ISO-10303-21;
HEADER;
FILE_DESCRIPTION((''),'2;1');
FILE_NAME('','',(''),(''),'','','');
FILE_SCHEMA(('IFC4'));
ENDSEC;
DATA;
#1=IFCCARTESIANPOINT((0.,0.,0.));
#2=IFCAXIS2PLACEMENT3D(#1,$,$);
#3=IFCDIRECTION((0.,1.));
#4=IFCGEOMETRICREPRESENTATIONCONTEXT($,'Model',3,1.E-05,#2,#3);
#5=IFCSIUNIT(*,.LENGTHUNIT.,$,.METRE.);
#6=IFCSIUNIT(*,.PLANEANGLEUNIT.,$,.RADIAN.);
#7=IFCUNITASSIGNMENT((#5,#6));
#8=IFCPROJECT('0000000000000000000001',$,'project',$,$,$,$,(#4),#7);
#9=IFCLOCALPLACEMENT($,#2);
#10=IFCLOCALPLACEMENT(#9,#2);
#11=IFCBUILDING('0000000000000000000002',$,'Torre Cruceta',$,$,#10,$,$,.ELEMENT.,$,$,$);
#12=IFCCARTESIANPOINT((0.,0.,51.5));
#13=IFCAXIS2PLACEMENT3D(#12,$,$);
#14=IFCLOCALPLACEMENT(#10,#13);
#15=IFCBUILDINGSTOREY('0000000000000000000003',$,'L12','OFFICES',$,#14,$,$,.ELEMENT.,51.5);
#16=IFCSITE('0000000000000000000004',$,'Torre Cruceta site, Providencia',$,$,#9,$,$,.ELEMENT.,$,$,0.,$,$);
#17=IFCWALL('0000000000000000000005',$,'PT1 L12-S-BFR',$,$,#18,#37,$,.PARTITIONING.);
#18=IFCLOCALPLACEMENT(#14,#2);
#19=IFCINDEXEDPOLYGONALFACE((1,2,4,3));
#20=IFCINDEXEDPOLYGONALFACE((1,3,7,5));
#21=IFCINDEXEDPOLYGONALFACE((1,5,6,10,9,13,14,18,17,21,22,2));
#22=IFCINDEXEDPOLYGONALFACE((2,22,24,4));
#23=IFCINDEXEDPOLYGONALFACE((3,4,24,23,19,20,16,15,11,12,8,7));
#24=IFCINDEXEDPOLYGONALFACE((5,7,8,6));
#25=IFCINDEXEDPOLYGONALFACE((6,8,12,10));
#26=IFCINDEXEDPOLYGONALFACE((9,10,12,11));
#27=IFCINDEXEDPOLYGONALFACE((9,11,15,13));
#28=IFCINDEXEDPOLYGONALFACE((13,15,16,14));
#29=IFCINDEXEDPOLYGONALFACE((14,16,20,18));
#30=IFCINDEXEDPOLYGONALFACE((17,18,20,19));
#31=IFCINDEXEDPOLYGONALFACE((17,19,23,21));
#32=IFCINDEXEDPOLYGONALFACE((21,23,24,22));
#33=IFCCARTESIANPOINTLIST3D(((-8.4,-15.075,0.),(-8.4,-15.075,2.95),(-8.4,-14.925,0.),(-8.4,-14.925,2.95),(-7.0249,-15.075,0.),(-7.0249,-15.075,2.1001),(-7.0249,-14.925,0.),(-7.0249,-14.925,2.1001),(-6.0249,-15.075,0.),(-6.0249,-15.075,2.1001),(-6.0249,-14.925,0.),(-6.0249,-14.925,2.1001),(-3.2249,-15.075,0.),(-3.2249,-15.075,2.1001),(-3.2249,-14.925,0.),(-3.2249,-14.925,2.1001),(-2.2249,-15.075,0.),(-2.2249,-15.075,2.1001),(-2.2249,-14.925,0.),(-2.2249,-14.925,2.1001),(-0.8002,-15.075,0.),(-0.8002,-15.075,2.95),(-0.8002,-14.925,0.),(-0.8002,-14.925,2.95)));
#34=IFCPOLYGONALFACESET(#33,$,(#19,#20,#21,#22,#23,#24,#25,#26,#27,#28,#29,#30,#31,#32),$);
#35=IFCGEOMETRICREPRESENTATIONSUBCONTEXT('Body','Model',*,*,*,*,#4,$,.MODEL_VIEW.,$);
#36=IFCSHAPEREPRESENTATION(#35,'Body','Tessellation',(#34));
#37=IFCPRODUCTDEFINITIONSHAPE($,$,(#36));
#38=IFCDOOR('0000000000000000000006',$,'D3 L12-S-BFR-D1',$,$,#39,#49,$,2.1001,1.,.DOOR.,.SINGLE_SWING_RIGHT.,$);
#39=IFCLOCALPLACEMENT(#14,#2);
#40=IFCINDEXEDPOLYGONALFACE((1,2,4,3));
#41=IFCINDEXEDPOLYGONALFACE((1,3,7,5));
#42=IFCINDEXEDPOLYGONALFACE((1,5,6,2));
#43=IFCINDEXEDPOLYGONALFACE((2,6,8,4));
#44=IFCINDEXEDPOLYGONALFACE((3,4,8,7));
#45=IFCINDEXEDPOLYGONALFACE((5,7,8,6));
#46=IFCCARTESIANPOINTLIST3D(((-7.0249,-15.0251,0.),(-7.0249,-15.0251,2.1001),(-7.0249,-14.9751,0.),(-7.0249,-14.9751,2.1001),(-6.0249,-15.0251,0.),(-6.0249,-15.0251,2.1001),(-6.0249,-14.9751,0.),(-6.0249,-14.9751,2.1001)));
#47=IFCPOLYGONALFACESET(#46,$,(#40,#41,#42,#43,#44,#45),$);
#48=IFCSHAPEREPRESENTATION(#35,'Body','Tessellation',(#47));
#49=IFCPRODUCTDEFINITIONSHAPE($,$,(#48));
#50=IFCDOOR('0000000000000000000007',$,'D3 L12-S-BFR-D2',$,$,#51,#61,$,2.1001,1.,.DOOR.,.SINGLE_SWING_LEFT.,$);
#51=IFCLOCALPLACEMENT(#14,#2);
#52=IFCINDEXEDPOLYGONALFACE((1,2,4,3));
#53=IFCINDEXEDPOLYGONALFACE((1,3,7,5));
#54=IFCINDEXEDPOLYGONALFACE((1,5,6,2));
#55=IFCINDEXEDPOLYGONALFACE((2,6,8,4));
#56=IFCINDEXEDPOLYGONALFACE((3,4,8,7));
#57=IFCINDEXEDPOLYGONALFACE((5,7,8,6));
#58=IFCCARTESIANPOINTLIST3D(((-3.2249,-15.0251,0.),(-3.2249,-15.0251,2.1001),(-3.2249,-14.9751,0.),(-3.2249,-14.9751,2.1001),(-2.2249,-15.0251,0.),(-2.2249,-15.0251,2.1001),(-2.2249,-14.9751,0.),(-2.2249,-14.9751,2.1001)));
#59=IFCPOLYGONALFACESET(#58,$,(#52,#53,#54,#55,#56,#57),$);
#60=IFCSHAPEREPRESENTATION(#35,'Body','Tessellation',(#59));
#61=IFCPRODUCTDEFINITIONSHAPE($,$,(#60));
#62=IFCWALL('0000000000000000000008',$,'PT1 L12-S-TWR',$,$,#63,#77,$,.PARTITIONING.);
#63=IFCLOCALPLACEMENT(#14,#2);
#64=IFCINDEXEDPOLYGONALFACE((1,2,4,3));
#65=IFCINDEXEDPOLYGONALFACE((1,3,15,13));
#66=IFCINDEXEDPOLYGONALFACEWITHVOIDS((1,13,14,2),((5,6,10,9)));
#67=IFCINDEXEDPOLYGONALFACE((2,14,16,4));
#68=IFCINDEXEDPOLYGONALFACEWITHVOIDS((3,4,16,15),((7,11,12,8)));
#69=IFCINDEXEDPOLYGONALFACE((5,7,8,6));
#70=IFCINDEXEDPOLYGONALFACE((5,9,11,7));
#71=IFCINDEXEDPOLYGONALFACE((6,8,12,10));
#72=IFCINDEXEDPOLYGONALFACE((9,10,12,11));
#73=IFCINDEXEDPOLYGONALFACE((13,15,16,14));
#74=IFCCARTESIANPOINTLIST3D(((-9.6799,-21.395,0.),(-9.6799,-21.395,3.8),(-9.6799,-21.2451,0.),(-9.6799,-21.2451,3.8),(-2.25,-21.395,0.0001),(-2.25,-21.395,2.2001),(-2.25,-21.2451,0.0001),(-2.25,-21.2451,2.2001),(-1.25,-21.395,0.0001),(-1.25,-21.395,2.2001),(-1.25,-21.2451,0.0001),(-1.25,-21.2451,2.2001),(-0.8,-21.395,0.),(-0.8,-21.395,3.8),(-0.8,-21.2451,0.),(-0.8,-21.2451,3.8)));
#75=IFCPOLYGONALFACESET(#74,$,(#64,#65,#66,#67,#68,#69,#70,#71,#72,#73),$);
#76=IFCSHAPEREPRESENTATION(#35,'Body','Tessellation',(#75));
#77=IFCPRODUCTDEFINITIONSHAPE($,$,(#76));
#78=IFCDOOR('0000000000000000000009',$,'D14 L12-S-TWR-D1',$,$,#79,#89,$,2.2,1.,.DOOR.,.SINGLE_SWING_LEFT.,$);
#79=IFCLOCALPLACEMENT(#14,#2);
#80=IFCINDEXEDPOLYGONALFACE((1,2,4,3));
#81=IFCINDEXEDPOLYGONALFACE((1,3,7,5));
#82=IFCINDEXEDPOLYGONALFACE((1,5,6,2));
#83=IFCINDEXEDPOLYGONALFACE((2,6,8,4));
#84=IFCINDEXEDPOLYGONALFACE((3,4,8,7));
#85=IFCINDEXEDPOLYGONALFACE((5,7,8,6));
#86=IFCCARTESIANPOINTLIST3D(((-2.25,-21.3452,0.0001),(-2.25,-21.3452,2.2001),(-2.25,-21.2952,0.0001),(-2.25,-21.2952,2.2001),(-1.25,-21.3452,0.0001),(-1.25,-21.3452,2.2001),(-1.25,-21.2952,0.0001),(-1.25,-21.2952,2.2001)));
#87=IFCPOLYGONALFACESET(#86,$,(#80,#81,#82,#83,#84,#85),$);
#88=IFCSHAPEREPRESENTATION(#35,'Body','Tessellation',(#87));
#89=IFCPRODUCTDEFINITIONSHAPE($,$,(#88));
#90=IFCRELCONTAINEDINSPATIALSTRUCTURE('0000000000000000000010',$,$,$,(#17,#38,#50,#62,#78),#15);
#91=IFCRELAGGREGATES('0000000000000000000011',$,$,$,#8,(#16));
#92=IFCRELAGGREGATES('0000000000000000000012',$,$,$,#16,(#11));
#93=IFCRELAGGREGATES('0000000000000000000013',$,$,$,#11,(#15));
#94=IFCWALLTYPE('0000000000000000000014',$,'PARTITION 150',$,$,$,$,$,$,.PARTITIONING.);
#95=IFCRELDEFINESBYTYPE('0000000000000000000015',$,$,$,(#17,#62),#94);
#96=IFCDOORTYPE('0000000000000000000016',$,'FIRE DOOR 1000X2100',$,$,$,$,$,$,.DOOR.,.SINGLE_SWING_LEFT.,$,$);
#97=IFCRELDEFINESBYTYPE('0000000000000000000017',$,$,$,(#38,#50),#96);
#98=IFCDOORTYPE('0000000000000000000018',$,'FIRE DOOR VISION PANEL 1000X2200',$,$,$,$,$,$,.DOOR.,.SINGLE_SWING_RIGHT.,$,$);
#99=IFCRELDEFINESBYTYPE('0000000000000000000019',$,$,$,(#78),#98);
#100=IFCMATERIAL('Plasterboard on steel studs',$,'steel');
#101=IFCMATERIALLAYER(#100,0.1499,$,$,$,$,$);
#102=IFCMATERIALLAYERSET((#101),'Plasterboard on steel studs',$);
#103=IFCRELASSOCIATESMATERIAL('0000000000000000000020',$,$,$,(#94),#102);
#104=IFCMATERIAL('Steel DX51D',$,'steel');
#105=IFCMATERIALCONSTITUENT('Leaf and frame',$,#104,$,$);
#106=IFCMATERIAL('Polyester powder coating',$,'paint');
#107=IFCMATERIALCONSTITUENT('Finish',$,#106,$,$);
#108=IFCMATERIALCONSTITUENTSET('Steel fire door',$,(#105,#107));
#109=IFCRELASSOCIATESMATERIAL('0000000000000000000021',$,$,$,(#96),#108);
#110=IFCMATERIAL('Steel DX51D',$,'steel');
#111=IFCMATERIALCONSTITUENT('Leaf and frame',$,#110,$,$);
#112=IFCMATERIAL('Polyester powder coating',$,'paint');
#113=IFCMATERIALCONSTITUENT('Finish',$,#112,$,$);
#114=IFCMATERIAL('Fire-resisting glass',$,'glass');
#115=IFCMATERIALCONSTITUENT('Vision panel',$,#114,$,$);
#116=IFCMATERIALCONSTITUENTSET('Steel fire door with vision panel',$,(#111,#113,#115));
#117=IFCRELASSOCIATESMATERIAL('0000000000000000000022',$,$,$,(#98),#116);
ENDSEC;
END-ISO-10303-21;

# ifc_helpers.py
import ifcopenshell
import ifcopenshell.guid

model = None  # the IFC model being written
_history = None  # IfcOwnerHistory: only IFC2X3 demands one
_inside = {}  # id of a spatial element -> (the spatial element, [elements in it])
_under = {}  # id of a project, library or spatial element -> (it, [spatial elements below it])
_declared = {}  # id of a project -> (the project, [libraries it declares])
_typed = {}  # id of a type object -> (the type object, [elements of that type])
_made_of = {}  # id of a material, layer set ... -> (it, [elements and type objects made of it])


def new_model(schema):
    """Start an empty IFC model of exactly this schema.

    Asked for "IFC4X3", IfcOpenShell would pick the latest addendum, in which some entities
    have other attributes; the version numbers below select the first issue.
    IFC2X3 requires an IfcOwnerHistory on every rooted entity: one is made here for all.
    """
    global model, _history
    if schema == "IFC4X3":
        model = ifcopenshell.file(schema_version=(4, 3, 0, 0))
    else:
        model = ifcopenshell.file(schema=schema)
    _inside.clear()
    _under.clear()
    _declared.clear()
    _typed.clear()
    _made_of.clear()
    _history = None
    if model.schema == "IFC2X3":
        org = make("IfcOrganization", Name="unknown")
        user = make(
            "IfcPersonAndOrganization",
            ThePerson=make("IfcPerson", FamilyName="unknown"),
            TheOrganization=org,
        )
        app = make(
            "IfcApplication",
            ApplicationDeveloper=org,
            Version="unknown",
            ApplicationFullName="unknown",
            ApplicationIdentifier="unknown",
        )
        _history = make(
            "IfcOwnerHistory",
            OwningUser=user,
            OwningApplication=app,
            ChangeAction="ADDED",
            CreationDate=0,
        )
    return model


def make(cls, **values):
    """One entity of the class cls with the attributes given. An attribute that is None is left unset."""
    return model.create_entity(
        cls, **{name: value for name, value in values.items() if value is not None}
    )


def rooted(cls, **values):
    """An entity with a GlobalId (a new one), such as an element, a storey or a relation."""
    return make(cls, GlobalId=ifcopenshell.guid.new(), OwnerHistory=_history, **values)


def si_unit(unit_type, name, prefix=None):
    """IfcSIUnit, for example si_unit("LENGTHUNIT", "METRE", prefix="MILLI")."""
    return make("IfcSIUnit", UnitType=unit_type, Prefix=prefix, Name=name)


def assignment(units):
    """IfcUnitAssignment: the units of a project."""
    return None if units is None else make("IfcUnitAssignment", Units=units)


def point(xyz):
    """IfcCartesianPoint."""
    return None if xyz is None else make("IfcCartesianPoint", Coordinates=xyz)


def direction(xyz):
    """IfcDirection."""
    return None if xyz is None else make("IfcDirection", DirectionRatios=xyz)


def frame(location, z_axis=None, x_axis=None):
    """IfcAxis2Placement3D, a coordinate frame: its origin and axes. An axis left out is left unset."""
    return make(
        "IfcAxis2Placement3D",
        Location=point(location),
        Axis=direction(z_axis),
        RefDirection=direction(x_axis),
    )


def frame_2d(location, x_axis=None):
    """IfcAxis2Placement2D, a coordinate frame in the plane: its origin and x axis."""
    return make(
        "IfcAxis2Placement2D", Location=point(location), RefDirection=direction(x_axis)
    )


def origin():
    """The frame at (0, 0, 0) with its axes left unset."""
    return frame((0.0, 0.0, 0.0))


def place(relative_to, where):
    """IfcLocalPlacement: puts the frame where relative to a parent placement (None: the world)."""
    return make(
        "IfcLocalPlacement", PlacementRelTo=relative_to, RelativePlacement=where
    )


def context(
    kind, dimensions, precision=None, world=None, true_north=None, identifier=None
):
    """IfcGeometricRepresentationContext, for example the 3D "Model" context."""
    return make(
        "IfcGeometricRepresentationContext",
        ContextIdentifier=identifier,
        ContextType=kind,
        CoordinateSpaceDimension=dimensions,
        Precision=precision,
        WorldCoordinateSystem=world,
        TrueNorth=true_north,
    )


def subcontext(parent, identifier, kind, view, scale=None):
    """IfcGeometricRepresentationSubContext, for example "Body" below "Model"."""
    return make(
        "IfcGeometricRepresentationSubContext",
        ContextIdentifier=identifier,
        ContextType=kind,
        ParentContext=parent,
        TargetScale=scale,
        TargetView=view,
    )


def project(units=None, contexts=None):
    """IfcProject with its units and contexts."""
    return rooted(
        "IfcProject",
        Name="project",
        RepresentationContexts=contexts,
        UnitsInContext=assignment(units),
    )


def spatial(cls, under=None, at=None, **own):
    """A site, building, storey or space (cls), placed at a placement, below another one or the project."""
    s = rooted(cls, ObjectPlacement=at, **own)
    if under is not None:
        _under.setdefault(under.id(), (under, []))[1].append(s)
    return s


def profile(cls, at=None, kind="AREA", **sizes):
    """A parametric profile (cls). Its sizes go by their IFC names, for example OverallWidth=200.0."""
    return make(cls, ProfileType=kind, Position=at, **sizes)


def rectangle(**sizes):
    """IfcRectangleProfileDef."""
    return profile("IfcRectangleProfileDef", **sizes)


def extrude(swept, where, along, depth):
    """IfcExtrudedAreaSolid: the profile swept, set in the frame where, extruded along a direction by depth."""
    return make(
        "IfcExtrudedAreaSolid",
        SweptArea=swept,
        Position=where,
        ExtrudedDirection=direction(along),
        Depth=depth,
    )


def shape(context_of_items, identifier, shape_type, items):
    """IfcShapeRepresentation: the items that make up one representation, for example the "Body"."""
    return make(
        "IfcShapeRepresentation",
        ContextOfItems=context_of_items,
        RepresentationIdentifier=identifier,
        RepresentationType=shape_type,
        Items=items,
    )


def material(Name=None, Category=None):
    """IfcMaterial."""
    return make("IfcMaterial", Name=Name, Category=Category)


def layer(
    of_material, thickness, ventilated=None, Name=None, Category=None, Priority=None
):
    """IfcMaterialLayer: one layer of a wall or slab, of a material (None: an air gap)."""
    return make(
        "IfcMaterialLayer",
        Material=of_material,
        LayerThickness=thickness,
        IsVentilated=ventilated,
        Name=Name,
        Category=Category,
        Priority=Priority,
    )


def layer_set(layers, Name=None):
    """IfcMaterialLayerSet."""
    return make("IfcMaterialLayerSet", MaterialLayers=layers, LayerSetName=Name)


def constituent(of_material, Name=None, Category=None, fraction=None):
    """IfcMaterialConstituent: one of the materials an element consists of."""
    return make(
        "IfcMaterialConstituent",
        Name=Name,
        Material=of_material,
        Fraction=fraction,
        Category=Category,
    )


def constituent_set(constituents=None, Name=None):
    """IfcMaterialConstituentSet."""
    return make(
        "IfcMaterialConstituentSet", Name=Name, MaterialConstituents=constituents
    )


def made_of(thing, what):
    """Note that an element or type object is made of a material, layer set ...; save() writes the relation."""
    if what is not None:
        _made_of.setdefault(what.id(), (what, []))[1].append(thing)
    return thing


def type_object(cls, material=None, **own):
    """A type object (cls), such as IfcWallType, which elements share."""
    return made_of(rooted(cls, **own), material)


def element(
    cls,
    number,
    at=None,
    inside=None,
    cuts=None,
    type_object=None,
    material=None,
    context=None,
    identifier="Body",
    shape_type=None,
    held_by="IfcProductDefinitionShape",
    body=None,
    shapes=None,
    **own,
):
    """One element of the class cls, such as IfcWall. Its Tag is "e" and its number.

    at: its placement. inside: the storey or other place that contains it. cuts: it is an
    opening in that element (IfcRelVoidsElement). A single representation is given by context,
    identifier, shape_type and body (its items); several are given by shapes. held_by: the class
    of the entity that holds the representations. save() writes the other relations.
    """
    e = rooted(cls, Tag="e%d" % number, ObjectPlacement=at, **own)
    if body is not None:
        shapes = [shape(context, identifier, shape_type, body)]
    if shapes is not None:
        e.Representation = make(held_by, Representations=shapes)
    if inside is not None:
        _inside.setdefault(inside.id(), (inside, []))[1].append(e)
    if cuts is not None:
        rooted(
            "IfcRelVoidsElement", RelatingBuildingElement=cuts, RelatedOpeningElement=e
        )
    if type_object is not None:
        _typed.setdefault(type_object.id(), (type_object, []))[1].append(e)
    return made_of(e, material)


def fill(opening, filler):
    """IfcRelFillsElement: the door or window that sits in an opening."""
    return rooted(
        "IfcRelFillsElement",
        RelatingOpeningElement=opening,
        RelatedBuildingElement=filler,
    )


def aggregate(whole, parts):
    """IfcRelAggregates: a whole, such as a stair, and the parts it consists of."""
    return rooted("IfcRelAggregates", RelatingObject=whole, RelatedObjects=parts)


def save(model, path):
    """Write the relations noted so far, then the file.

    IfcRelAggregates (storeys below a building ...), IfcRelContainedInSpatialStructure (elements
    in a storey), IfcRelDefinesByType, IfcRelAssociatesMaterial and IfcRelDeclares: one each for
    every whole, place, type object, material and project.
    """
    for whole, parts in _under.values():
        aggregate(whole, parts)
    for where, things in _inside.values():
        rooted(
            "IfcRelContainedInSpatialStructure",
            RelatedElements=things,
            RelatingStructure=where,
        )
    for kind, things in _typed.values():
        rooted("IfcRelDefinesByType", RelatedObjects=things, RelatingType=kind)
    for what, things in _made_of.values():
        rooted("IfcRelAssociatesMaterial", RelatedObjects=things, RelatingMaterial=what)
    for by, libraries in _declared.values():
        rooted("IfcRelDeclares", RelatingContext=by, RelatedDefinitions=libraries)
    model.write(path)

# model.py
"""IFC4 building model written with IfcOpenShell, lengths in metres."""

from ifc_helpers import new_model, si_unit, direction, frame, frame_2d, origin, place, context, subcontext, project, spatial, rectangle, extrude, material, layer, layer_set, constituent, constituent_set, type_object, element, fill, save


model = new_model("IFC4")

# Units and contexts
model_context = context("Model", 3, precision=1e-05, world=origin(), true_north=direction((0.0, 1.0)))
body_context = subcontext(model_context, "Body", "Model", "MODEL_VIEW")
ifc_project = project(units=[si_unit("LENGTHUNIT", "METRE"), si_unit("PLANEANGLEUNIT", "RADIAN")], contexts=[model_context])

# Site, building, storey
site_placement = place(None, origin())
site = spatial("IfcSite", under=ifc_project, at=site_placement, Name="Torre Cruceta site, Providencia", CompositionType="ELEMENT", RefElevation=0.0)
building_placement = place(site_placement, origin())
building = spatial("IfcBuilding", under=site, at=building_placement, Name="Torre Cruceta", CompositionType="ELEMENT")
storey_placement = place(building_placement, frame((0.0, 0.0, 51.5)))
storey = spatial("IfcBuildingStorey", under=building, at=storey_placement, Name="L12", Description="OFFICES", CompositionType="ELEMENT", Elevation=51.5)

# Wall, openings, doors
ifc_material_1 = material(Name="Plasterboard on steel studs", Category="steel")
ifc_layer_1 = layer(ifc_material_1, 0.1499)
ifc_layer_set_1 = layer_set([ifc_layer_1], Name="Plasterboard on steel studs")
wall_type_1 = type_object("IfcWallType", Name="PARTITION 150", PredefinedType="PARTITIONING", material=ifc_layer_set_1)
wall_1_placement = place(storey_placement, frame((-8.3999, -15.0, 0.0), z_axis=(0.0, 0.0, 1.0), x_axis=(1.0, 0.0, 0.0)))
wall_1 = element("IfcWall", 1, at=wall_1_placement, inside=storey, type_object=wall_type_1, Name="PT1 L12-S-BFR", PredefinedType="PARTITIONING", context=body_context, shape_type="SweptSolid", body=[
    extrude(rectangle(XDim=7.5999, YDim=0.1499, at=frame_2d((3.7998, 0.0))), origin(), (0.0, 0.0, 1.0), 2.95),
])
opening_1_placement = place(wall_1_placement, frame((1.375, 0.0, 0.0)))
opening_1 = element("IfcOpeningElement", 2, at=opening_1_placement, cuts=wall_1, PredefinedType="OPENING", context=body_context, shape_type="SweptSolid", body=[
    extrude(rectangle(XDim=1.0, YDim=2.1001, at=frame_2d((0.5, 1.05))), frame((0.0, 0.085, 0.0), z_axis=(0.0, -1.0, 0.0), x_axis=(1.0, 0.0, 0.0)), (0.0, 0.0, 1.0), 0.1699),
])
opening_2_placement = place(wall_1_placement, frame((5.175, 0.0, 0.0)))
opening_2 = element("IfcOpeningElement", 3, at=opening_2_placement, cuts=wall_1, PredefinedType="OPENING", context=body_context, shape_type="SweptSolid", body=[
    extrude(rectangle(XDim=1.0, YDim=2.1001, at=frame_2d((0.5, 1.05))), frame((0.0, 0.085, 0.0), z_axis=(0.0, -1.0, 0.0), x_axis=(1.0, 0.0, 0.0)), (0.0, 0.0, 1.0), 0.1699),
])
ifc_material_2 = material(Name="Steel DX51D", Category="steel")
ifc_constituent_1 = constituent(ifc_material_2, Name="Leaf and frame")
ifc_material_3 = material(Name="Polyester powder coating", Category="paint")
ifc_constituent_2 = constituent(ifc_material_3, Name="Finish")
ifc_constituent_set_1 = constituent_set(constituents=[ifc_constituent_1, ifc_constituent_2], Name="Steel fire door")
door_type_1 = type_object("IfcDoorType", Name="FIRE DOOR 1000X2100", OperationType="SINGLE_SWING_LEFT", PredefinedType="DOOR", material=ifc_constituent_set_1)
door_1_placement = place(opening_1_placement, origin())
door_1 = element("IfcDoor", 4, at=door_1_placement, inside=storey, type_object=door_type_1, Name="D3 L12-S-BFR-D1", OperationType="SINGLE_SWING_RIGHT", OverallHeight=2.1001, OverallWidth=1.0, PredefinedType="DOOR", context=body_context, shape_type="SweptSolid", body=[
    extrude(rectangle(XDim=1.0, YDim=2.1001, at=frame_2d((0.5, 1.05))), frame((0.0, 0.0249, 0.0), z_axis=(0.0, -1.0, 0.0), x_axis=(1.0, 0.0, 0.0)), (0.0, 0.0, 1.0), 0.05),
])
fill(opening_1, door_1)
door_2_placement = place(opening_2_placement, origin())
door_2 = element("IfcDoor", 5, at=door_2_placement, inside=storey, type_object=door_type_1, Name="D3 L12-S-BFR-D2", OperationType="SINGLE_SWING_LEFT", OverallHeight=2.1001, OverallWidth=1.0, PredefinedType="DOOR", context=body_context, shape_type="SweptSolid", body=[
    extrude(rectangle(XDim=1.0, YDim=2.1001, at=frame_2d((0.5, 1.05))), frame((0.0, 0.0249, 0.0), z_axis=(0.0, -1.0, 0.0), x_axis=(1.0, 0.0, 0.0)), (0.0, 0.0, 1.0), 0.05),
])
fill(opening_2, door_2)

# Wall, opening, door
wall_2_placement = place(storey_placement, frame((-9.6799, -21.3201, 0.0), z_axis=(0.0, 0.0, 1.0), x_axis=(1.0, 0.0, 0.0)))
wall_2 = element("IfcWall", 6, at=wall_2_placement, inside=storey, type_object=wall_type_1, Name="PT1 L12-S-TWR", PredefinedType="PARTITIONING", context=body_context, shape_type="SweptSolid", body=[
    extrude(rectangle(XDim=8.8799, YDim=0.1499, at=frame_2d((4.4399, 0.0))), origin(), (0.0, 0.0, 1.0), 3.8),
])
opening_3_placement = place(wall_2_placement, frame((7.4299, 0.0, 0.0)))
opening_3 = element("IfcOpeningElement", 7, at=opening_3_placement, cuts=wall_2, PredefinedType="OPENING", context=body_context, shape_type="SweptSolid", body=[
    extrude(rectangle(XDim=1.0, YDim=2.2, at=frame_2d((0.5, 1.1001))), frame((0.0, 0.085, 0.0), z_axis=(0.0, -1.0, 0.0), x_axis=(1.0, 0.0, 0.0)), (0.0, 0.0, 1.0), 0.1699),
])
ifc_material_4 = material(Name="Steel DX51D", Category="steel")
ifc_constituent_3 = constituent(ifc_material_4, Name="Leaf and frame")
ifc_material_5 = material(Name="Polyester powder coating", Category="paint")
ifc_constituent_4 = constituent(ifc_material_5, Name="Finish")
ifc_material_6 = material(Name="Fire-resisting glass", Category="glass")
ifc_constituent_5 = constituent(ifc_material_6, Name="Vision panel")
ifc_constituent_set_2 = constituent_set(constituents=[ifc_constituent_3, ifc_constituent_4, ifc_constituent_5], Name="Steel fire door with vision panel")
door_type_2 = type_object("IfcDoorType", Name="FIRE DOOR VISION PANEL 1000X2200", OperationType="SINGLE_SWING_RIGHT", PredefinedType="DOOR", material=ifc_constituent_set_2)
door_3_placement = place(opening_3_placement, frame((1.0, 0.0, 0.0), z_axis=(0.0, 0.0, 1.0), x_axis=(-1.0, 0.0, 0.0)))
door_3 = element("IfcDoor", 8, at=door_3_placement, inside=storey, type_object=door_type_2, Name="D14 L12-S-TWR-D1", OperationType="SINGLE_SWING_LEFT", OverallHeight=2.2, OverallWidth=1.0, PredefinedType="DOOR", context=body_context, shape_type="SweptSolid", body=[
    extrude(rectangle(XDim=1.0, YDim=2.2, at=frame_2d((0.5, 1.1001))), frame((0.0, 0.0251, 0.0), z_axis=(0.0, -1.0, 0.0), x_axis=(1.0, 0.0, 0.0)), (0.0, 0.0, 1.0), 0.05),
])
fill(opening_3, door_3)

save(model, "model.ifc")
